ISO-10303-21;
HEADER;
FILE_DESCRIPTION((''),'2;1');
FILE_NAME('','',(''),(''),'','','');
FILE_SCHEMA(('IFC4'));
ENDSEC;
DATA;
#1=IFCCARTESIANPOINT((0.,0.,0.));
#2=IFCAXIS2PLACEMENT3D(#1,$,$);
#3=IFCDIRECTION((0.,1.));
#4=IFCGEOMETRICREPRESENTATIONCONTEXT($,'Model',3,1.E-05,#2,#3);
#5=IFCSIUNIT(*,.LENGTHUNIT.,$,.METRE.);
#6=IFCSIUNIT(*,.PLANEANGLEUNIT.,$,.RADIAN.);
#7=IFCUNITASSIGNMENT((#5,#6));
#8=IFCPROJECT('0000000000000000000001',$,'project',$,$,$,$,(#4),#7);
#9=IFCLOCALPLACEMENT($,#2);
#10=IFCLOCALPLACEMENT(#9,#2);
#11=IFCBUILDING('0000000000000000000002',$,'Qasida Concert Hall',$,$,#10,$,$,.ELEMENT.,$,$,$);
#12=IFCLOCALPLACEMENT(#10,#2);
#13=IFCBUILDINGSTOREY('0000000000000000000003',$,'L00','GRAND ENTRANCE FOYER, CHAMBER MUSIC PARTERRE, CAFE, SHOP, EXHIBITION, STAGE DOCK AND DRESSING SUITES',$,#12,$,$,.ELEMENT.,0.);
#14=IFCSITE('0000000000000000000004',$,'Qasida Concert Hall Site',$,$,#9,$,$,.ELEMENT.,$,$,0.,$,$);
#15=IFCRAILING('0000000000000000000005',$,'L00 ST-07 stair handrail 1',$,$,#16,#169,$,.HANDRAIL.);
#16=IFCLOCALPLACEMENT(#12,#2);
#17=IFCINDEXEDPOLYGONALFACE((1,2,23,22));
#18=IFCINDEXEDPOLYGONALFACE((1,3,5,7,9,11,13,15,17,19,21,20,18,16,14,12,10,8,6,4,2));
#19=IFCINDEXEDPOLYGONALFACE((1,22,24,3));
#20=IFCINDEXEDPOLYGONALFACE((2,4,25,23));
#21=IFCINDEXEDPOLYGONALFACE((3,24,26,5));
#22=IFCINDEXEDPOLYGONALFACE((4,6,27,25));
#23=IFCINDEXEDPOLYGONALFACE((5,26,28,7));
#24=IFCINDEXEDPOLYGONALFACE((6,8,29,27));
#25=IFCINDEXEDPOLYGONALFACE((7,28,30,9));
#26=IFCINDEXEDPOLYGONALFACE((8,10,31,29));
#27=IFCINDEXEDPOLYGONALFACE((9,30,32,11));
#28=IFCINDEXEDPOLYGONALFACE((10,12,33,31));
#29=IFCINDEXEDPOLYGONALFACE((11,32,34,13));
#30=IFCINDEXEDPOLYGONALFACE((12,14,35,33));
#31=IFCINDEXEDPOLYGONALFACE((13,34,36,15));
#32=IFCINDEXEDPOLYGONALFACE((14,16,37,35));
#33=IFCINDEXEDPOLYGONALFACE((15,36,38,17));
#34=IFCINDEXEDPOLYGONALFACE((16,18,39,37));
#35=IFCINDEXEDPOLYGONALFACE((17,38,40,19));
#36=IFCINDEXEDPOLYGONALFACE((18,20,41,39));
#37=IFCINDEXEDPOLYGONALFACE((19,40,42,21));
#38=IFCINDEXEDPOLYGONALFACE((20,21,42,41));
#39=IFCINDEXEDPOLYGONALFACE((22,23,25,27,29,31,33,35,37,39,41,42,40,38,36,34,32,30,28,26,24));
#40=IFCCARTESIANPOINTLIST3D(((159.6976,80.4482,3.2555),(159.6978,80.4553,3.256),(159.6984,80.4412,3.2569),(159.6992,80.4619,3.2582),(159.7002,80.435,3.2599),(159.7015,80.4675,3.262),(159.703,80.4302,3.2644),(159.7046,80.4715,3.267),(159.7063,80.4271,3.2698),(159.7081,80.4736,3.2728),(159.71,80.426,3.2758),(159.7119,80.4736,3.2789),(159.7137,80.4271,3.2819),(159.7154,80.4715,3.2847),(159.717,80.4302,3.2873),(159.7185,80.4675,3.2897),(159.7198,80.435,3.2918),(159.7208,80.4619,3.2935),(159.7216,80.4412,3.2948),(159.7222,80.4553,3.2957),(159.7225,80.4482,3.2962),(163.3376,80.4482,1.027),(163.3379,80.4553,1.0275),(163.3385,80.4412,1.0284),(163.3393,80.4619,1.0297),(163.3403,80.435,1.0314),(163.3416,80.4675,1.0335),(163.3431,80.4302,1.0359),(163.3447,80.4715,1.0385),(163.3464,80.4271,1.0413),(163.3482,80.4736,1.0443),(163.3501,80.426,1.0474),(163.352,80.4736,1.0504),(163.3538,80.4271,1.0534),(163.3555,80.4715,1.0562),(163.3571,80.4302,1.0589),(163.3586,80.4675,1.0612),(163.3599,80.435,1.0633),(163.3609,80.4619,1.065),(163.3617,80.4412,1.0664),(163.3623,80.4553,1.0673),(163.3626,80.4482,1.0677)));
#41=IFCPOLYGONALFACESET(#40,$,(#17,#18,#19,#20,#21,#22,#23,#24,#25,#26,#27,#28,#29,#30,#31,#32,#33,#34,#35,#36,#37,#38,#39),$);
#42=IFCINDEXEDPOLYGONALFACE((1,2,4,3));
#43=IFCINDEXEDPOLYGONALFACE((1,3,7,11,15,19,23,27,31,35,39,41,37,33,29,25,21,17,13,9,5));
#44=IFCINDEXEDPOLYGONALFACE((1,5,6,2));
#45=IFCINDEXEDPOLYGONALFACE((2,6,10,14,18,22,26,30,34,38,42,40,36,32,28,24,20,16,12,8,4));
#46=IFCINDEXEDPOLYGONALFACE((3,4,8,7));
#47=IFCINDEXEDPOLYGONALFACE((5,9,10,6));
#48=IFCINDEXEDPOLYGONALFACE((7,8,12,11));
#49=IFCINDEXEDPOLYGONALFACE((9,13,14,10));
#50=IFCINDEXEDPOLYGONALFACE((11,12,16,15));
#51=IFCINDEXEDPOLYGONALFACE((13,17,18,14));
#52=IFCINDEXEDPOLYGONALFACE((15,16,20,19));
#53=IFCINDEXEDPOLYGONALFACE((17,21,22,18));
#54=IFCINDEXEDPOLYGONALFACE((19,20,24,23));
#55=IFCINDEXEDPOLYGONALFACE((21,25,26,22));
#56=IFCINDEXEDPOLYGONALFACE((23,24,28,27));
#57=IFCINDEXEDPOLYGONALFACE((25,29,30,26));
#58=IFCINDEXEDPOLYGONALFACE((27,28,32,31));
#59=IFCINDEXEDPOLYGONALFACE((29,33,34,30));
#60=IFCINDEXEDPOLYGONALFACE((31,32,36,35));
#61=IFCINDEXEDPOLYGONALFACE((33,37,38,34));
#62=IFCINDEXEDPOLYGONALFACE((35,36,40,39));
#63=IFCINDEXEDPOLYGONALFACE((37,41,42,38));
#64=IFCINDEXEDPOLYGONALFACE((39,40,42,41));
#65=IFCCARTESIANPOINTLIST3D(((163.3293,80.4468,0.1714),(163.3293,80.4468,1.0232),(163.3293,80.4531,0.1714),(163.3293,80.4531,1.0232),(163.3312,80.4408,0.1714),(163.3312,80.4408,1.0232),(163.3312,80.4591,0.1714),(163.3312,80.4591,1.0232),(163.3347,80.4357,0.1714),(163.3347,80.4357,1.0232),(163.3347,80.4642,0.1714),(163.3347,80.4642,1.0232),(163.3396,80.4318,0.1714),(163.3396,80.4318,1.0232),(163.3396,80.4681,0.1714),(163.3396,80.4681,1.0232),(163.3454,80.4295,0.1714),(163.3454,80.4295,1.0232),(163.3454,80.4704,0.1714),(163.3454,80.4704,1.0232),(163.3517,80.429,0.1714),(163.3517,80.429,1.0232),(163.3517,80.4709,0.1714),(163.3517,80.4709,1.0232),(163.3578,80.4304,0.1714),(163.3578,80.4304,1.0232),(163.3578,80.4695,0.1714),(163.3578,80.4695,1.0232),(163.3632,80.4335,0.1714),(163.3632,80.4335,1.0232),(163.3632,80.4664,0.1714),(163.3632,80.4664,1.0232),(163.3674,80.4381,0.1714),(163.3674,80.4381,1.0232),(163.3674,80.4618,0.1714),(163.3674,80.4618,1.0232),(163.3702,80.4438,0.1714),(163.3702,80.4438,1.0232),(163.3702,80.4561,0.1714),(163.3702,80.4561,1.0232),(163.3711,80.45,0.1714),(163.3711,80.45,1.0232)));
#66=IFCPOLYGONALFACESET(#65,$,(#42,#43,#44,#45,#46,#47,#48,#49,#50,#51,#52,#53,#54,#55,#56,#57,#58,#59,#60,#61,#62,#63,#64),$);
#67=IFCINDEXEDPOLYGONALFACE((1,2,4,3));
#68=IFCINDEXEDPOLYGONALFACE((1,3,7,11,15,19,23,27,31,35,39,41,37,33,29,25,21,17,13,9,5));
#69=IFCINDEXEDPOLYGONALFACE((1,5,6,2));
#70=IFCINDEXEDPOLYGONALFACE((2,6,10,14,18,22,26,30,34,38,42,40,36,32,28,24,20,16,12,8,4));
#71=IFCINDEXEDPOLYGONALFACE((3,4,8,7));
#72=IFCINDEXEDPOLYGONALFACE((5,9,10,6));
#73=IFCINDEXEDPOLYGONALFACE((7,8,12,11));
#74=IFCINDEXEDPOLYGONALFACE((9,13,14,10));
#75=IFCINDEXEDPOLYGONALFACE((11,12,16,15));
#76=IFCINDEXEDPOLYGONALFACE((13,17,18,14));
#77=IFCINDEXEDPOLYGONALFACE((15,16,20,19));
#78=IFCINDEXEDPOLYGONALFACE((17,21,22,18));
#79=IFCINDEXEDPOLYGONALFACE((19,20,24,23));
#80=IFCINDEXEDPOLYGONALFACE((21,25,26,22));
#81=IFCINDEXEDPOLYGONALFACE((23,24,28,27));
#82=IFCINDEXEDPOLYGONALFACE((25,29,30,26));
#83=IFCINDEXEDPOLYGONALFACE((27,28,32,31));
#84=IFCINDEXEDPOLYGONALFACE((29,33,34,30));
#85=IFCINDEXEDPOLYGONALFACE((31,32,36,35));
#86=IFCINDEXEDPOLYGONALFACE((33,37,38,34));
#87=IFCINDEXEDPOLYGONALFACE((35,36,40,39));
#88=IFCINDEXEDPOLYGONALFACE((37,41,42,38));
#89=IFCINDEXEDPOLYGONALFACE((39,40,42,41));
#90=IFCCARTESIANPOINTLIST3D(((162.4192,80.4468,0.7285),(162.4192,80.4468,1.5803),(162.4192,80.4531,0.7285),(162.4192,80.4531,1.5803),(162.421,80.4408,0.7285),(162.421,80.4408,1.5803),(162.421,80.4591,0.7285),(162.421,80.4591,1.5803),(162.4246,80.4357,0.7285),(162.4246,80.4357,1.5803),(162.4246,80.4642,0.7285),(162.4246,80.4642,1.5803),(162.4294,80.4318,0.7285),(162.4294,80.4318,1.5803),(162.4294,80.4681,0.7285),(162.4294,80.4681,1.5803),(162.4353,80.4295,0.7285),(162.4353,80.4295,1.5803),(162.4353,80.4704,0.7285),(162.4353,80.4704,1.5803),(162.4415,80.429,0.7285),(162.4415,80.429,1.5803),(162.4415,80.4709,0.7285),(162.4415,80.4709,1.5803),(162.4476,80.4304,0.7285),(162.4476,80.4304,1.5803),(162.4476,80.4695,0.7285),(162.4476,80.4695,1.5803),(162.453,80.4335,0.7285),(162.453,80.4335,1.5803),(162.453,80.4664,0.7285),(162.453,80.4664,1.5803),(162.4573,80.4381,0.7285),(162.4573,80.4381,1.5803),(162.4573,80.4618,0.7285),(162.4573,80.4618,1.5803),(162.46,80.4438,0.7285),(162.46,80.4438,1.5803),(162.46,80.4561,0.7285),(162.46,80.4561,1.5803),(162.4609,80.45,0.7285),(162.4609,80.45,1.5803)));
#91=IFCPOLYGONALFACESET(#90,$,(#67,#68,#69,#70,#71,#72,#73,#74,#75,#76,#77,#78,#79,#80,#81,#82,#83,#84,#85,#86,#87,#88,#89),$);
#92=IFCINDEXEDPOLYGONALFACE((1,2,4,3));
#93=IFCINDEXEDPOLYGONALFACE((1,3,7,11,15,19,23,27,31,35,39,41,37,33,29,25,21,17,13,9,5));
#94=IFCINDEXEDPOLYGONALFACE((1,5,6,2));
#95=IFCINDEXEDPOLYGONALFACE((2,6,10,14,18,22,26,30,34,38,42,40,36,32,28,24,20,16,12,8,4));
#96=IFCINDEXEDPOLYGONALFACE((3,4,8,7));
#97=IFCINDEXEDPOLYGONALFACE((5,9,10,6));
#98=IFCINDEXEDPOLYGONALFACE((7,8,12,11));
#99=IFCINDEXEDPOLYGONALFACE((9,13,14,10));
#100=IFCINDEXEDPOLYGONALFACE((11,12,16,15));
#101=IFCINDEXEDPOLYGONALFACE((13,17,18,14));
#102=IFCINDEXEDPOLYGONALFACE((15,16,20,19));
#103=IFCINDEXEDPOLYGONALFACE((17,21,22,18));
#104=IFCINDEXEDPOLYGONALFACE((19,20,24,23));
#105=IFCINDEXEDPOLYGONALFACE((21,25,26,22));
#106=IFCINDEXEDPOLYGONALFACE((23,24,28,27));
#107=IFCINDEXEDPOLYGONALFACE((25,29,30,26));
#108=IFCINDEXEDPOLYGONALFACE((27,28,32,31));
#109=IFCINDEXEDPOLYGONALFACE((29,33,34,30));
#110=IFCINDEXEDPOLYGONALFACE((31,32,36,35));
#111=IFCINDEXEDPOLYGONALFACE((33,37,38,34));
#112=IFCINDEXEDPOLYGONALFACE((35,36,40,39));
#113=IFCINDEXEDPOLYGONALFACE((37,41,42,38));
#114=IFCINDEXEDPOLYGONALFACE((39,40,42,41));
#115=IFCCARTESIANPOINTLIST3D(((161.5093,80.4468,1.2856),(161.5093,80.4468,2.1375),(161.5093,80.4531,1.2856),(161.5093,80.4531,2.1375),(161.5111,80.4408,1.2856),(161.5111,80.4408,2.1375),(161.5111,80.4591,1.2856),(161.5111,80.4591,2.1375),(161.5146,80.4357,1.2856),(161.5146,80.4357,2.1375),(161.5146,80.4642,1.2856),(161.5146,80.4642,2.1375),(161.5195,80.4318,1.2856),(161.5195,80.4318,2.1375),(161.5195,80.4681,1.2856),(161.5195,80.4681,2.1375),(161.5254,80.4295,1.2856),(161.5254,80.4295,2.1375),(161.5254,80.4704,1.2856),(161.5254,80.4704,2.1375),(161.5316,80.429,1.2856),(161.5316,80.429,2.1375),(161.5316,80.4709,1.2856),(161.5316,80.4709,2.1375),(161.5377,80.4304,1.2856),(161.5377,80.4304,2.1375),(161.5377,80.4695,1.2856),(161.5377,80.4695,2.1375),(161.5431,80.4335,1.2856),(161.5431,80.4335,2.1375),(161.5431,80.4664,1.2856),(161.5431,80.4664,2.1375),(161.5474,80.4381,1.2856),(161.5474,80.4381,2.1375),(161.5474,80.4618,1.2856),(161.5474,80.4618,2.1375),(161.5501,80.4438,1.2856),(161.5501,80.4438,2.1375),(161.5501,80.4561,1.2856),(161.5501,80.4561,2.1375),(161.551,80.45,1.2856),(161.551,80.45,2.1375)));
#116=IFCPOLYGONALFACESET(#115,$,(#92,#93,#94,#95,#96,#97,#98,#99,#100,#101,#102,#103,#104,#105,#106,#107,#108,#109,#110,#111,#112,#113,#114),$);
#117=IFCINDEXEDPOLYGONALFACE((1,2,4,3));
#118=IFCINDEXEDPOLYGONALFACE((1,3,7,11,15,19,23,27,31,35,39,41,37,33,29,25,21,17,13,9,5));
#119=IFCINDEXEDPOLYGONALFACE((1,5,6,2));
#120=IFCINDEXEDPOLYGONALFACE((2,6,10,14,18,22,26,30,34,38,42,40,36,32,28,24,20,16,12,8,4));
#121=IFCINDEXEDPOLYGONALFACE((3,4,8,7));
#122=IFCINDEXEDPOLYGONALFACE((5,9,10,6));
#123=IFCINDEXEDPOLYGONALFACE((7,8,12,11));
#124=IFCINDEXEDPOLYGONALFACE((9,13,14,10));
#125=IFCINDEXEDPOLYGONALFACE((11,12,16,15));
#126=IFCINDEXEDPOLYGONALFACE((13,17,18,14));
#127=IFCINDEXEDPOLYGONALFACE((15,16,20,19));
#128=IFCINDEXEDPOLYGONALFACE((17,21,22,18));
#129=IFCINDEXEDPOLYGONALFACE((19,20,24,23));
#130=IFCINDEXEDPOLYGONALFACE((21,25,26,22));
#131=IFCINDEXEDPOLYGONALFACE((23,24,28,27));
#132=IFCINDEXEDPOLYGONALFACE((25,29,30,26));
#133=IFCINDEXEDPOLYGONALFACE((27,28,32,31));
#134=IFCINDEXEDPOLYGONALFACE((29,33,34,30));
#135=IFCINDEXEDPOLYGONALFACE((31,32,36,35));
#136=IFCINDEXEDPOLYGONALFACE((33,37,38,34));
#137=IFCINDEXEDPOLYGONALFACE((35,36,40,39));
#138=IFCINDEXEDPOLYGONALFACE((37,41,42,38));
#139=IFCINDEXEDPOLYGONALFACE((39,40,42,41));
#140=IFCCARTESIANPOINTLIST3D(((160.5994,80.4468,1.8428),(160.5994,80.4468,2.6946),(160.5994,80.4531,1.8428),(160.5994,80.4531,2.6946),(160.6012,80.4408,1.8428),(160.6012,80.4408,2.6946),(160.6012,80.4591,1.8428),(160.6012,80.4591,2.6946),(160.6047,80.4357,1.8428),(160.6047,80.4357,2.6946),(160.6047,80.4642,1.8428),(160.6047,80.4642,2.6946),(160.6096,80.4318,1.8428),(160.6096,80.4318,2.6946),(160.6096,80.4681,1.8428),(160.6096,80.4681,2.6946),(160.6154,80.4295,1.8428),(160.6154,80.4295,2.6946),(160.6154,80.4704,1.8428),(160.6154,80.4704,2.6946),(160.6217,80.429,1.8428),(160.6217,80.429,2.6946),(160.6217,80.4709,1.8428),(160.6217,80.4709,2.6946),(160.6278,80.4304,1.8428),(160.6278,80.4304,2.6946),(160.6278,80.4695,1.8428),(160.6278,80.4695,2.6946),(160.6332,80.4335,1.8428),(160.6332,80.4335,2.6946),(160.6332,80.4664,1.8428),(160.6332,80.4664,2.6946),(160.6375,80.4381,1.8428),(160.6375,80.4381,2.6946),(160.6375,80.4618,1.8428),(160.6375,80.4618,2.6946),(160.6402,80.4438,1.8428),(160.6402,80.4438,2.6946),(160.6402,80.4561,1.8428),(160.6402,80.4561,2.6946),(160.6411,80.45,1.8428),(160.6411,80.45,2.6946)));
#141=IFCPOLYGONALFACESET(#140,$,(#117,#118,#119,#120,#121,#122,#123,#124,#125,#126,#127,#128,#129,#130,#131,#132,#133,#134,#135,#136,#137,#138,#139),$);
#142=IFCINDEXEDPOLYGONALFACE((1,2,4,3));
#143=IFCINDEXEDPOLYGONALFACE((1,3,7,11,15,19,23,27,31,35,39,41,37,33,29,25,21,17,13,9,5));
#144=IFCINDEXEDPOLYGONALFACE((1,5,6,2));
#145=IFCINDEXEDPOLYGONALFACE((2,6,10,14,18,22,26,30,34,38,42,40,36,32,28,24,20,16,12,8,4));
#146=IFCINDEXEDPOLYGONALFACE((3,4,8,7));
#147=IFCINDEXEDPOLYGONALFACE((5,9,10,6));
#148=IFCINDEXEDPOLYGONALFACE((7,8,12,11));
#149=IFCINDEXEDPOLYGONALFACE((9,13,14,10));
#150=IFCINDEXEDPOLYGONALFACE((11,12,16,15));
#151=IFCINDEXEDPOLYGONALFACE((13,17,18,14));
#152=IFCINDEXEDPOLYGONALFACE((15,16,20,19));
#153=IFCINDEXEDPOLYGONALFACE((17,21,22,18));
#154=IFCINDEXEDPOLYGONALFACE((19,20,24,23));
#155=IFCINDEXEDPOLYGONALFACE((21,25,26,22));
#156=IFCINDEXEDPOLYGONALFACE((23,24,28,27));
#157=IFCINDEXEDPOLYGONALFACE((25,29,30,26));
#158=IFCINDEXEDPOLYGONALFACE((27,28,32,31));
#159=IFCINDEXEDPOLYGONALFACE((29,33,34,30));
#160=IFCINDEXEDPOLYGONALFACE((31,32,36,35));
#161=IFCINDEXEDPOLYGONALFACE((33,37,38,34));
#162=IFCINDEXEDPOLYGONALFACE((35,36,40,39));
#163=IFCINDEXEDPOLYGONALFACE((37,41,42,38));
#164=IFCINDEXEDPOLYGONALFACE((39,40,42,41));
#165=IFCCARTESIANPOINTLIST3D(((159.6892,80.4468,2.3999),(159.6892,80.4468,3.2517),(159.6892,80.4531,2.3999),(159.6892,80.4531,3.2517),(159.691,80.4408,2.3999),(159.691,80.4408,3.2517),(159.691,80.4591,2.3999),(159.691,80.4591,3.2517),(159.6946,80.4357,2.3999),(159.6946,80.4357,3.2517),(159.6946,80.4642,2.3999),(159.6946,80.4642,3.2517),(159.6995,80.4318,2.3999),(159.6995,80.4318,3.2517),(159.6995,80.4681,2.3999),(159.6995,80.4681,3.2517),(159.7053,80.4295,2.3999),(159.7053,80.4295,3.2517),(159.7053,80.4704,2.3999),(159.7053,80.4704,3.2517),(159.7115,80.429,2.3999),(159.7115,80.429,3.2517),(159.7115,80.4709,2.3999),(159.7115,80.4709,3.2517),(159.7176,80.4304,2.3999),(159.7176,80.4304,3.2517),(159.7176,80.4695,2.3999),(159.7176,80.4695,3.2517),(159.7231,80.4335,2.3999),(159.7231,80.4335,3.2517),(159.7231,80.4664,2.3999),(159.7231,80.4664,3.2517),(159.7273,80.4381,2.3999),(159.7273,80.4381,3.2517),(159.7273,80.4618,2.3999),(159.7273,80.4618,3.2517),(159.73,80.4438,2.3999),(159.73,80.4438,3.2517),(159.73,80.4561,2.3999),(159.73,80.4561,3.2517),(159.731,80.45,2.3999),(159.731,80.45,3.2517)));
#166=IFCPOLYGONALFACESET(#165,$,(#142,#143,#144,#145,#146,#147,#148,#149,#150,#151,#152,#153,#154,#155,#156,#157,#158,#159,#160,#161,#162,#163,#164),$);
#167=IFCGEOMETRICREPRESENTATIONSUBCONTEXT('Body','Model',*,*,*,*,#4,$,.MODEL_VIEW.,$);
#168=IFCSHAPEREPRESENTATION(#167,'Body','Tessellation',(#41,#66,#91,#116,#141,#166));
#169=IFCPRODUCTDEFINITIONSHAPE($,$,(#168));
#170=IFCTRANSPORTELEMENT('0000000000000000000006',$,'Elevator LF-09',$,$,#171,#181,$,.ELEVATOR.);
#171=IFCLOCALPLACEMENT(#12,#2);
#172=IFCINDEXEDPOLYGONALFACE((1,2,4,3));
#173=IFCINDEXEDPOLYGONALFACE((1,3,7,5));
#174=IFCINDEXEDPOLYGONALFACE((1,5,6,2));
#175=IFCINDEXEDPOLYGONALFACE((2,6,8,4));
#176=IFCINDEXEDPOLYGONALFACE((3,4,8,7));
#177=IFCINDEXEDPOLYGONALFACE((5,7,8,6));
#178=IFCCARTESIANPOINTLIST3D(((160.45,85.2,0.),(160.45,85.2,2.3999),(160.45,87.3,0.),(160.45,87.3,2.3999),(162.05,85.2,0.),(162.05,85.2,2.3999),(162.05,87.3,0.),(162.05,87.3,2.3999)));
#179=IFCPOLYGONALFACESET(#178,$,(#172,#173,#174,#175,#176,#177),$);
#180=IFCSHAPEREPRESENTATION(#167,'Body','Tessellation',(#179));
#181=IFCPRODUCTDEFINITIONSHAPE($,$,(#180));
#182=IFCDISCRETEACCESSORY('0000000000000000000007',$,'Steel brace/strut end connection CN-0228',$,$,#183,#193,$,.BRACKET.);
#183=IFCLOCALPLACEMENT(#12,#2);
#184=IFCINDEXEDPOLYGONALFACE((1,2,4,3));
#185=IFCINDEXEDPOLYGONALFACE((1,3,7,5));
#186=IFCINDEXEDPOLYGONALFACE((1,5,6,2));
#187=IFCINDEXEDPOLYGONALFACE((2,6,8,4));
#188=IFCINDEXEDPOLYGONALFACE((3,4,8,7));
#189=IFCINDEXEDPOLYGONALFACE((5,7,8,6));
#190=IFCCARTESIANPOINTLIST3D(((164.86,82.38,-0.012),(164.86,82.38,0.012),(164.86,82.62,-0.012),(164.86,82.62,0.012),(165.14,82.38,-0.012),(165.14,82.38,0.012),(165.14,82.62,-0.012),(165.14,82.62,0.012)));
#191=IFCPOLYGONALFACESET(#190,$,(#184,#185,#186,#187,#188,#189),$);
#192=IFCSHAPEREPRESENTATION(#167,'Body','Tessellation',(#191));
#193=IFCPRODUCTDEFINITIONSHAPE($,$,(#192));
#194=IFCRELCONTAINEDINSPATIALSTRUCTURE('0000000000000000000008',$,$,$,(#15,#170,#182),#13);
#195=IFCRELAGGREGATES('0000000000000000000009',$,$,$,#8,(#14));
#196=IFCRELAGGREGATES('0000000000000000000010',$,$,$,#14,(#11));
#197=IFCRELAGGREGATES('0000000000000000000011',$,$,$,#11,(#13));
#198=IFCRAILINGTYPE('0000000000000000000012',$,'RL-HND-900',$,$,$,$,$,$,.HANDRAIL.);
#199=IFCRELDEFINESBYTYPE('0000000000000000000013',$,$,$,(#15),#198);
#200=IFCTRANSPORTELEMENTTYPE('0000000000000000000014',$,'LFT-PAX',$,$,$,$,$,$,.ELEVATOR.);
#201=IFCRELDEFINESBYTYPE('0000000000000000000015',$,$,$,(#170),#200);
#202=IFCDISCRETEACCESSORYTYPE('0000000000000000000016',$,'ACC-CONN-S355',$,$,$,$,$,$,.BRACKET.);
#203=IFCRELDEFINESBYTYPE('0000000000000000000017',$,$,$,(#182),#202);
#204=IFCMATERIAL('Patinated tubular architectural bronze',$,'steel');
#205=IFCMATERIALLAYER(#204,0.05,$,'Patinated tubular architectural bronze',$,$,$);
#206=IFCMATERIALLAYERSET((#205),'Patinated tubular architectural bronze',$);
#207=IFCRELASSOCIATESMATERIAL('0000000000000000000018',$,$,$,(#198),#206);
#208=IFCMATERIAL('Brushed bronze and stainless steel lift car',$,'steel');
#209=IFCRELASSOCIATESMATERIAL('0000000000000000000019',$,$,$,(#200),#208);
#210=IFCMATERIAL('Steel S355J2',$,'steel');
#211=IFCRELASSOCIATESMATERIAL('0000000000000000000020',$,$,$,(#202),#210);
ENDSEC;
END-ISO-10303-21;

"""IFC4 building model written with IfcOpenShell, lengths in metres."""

from ifc_helpers import new_model, si_unit, direction, frame, origin, origin_2d, place, context, subcontext, project, spatial, rectangle, circle, extrude, material, layer, layer_set, type_object, element, save


model = new_model("IFC4")

# Units and contexts
model_context = context("Model", 3, precision=1e-05, world=origin(), true_north=direction((0.0, 1.0)))
body_context = subcontext(model_context, "Body", "Model", "MODEL_VIEW")
ifc_project = project(units=[si_unit("LENGTHUNIT", "METRE"), si_unit("PLANEANGLEUNIT", "RADIAN")], contexts=[model_context])

# Site, building, storey
site_placement = place(None, origin())
site = spatial("IfcSite", under=ifc_project, at=site_placement, Name="Qasida Concert Hall Site", CompositionType="ELEMENT", RefElevation=0.0)
building_placement = place(site_placement, origin())
building = spatial("IfcBuilding", under=site, at=building_placement, Name="Qasida Concert Hall", CompositionType="ELEMENT")
storey_placement = place(building_placement, origin())
storey = spatial("IfcBuildingStorey", under=building, at=storey_placement, Name="L00", Description="GRAND ENTRANCE FOYER, CHAMBER MUSIC PARTERRE, CAFE, SHOP, EXHIBITION, STAGE DOCK AND DRESSING SUITES", CompositionType="ELEMENT", Elevation=0.0)

# Shared definitions
ifc_material_1 = material(Name="Steel S355J2", Category="steel")

# Railing
ifc_material_2 = material(Name="Patinated tubular architectural bronze", Category="steel")
ifc_layer_1 = layer(ifc_material_2, 0.05, Name="Patinated tubular architectural bronze")
ifc_layer_set_1 = layer_set([ifc_layer_1], Name="Patinated tubular architectural bronze")
railing_type_1 = type_object("IfcRailingType", Name="RL-HND-900", PredefinedType="HANDRAIL", material=ifc_layer_set_1)
railing_1_placement = place(storey_placement, frame((163.3501, 80.45, 0.1714)))
element("IfcRailing", 1, at=railing_1_placement, inside=storey, type_object=railing_type_1, Name="L00 ST-07 stair handrail 1", PredefinedType="HANDRAIL", context=body_context, shape_type="SweptSolid", body=[
    extrude(circle(Radius=0.0239, at=origin_2d()), frame((0.0, 0.0, 0.876), z_axis=(-0.852866, 0.0, 0.52213), x_axis=(0.0, -1.0, 0.0)), (0.0, 0.0, 1.0), 4.2681),
    extrude(circle(Radius=0.021, at=origin_2d()), origin(), (0.0, 0.0, 1.0), 0.8518),
    extrude(circle(Radius=0.021, at=origin_2d()), frame((-0.9102, 0.0, 0.5571)), (0.0, 0.0, 1.0), 0.8518),
    extrude(circle(Radius=0.021, at=origin_2d()), frame((-1.8201, 0.0, 1.1143)), (0.0, 0.0, 1.0), 0.8518),
    extrude(circle(Radius=0.021, at=origin_2d()), frame((-2.73, 0.0, 1.6714)), (0.0, 0.0, 1.0), 0.8518),
    extrude(circle(Radius=0.021, at=origin_2d()), frame((-3.6401, 0.0, 2.2285)), (0.0, 0.0, 1.0), 0.8518),
])

# Transport element
ifc_material_3 = material(Name="Brushed bronze and stainless steel lift car", Category="steel")
transport_element_type = type_object("IfcTransportElementType", Name="LFT-PAX", PredefinedType="ELEVATOR", material=ifc_material_3)
transport_element_placement = place(storey_placement, frame((161.25, 86.25, 0.0), z_axis=(0.0, 0.0, 1.0), x_axis=(1.0, 0.0, 0.0)))
element("IfcTransportElement", 2, at=transport_element_placement, inside=storey, type_object=transport_element_type, Name="Elevator LF-09", PredefinedType="ELEVATOR", context=body_context, shape_type="SweptSolid", body=[
    extrude(rectangle(XDim=1.6001, YDim=2.1001, at=origin_2d()), origin(), (0.0, 0.0, 1.0), 2.3999),
])

# Discrete accessory
discrete_accessory_type = type_object("IfcDiscreteAccessoryType", Name="ACC-CONN-S355", PredefinedType="BRACKET", material=ifc_material_1)
discrete_accessory_placement = place(storey_placement, frame((165.0, 82.5, -0.012), z_axis=(0.0, 0.0, 1.0), x_axis=(1.0, 0.0, 0.0)))
element("IfcDiscreteAccessory", 3, at=discrete_accessory_placement, inside=storey, type_object=discrete_accessory_type, Name="Steel brace/strut end connection CN-0228", PredefinedType="BRACKET", context=body_context, shape_type="SweptSolid", body=[
    extrude(rectangle(XDim=0.28, YDim=0.24, at=origin_2d()), origin(), (0.0, 0.0, 1.0), 0.0239),
])

save(model, "model.ifc")
